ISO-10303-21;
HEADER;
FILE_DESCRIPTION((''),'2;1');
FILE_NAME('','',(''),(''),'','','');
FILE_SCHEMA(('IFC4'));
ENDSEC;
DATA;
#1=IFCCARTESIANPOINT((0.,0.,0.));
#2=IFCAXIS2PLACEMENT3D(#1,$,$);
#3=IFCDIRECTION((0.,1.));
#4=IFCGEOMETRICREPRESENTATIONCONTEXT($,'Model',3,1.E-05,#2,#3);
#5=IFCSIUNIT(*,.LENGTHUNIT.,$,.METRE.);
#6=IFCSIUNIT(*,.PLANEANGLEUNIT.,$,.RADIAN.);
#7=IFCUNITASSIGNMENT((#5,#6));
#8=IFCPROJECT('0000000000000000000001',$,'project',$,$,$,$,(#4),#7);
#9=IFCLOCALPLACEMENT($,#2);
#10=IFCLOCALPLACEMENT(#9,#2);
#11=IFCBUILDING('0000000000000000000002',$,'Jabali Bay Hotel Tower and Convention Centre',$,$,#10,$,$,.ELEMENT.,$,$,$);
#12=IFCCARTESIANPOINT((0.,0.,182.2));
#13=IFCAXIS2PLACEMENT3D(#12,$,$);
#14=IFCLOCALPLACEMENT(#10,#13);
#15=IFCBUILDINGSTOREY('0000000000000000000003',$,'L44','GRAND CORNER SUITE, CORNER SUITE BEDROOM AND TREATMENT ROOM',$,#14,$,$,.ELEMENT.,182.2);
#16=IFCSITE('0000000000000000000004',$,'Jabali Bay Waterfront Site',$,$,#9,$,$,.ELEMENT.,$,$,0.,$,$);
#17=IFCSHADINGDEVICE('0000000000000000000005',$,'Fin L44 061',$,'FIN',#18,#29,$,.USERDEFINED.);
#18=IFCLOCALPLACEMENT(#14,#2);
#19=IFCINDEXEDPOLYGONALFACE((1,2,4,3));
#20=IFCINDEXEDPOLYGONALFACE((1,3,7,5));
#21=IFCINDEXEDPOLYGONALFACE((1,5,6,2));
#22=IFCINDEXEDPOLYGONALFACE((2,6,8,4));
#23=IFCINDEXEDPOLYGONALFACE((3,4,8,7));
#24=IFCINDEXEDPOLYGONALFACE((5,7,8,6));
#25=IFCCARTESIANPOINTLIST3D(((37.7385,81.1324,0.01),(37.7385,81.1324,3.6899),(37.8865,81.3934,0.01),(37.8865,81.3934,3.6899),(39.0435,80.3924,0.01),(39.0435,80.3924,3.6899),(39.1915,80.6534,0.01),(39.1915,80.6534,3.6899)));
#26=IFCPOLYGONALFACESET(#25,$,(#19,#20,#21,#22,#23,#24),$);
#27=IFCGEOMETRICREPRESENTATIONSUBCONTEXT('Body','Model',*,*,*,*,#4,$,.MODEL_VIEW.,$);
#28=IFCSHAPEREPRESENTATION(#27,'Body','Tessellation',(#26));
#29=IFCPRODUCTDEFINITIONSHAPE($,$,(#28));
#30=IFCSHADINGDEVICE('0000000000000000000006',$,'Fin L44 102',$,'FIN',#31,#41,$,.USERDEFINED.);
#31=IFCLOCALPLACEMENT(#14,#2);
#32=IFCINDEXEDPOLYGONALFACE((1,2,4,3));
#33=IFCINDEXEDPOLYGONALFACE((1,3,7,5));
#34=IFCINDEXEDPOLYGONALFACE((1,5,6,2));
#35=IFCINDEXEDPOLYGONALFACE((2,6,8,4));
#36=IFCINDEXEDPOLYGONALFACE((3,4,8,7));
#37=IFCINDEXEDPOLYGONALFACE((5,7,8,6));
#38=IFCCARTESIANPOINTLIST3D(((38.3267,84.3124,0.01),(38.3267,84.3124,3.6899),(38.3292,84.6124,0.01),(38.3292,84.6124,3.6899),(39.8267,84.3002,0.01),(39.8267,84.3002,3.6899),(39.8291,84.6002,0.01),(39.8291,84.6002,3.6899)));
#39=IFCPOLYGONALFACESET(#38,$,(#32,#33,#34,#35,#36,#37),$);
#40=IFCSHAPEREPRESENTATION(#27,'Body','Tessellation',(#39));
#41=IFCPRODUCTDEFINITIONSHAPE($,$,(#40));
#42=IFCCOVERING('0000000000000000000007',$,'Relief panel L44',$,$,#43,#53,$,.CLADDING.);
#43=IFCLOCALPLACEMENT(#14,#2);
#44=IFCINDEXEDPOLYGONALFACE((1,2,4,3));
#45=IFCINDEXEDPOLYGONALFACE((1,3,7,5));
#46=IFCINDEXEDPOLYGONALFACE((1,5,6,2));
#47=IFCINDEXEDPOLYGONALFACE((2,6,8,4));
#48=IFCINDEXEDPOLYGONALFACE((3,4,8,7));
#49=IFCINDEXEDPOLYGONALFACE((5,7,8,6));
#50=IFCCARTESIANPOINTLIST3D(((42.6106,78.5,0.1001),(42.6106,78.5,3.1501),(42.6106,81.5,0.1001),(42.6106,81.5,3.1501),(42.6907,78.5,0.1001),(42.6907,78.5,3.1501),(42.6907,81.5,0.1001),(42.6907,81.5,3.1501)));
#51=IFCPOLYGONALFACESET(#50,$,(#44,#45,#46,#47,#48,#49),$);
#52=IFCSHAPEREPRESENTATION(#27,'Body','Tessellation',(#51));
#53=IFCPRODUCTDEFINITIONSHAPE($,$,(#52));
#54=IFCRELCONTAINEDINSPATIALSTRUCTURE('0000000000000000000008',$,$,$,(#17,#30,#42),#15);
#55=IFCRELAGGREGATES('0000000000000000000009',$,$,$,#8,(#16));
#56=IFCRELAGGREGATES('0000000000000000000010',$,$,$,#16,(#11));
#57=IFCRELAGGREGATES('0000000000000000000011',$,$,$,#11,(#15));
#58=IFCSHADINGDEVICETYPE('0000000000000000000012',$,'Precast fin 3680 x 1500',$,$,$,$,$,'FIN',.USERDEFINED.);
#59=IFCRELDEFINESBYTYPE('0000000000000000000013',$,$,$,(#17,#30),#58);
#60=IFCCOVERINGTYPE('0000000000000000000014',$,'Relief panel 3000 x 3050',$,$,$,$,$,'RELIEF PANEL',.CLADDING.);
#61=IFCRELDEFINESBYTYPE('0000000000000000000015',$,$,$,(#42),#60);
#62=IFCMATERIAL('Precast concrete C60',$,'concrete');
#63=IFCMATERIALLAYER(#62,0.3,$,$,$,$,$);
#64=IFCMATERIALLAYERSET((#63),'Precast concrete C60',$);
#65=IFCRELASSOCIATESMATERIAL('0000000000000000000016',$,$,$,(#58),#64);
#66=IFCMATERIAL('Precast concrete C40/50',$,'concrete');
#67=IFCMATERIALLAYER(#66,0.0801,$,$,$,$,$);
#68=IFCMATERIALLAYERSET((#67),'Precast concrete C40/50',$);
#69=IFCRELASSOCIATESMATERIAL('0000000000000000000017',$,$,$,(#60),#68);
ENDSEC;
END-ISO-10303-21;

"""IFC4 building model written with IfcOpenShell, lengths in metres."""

from ifc_helpers import new_model, si_unit, direction, frame, frame_2d, origin, origin_2d, place, context, subcontext, project, spatial, rectangle, extrude, material, layer, layer_set, type_object, element, save


model = new_model("IFC4")

# Units and contexts
model_context = context("Model", 3, precision=1e-05, world=origin(), true_north=direction((0.0, 1.0)))
body_context = subcontext(model_context, "Body", "Model", "MODEL_VIEW")
ifc_project = project(units=[si_unit("LENGTHUNIT", "METRE"), si_unit("PLANEANGLEUNIT", "RADIAN")], contexts=[model_context])

# Site, building, storey
site_placement = place(None, origin())
site = spatial("IfcSite", under=ifc_project, at=site_placement, Name="Jabali Bay Waterfront Site", CompositionType="ELEMENT", RefElevation=0.0)
building_placement = place(site_placement, origin())
building = spatial("IfcBuilding", under=site, at=building_placement, Name="Jabali Bay Hotel Tower and Convention Centre", CompositionType="ELEMENT")
storey_placement = place(building_placement, frame((0.0, 0.0, 182.2)))
storey = spatial("IfcBuildingStorey", under=building, at=storey_placement, Name="L44", Description="GRAND CORNER SUITE, CORNER SUITE BEDROOM AND TREATMENT ROOM", CompositionType="ELEMENT", Elevation=182.2)

# Shading devices
ifc_material_1 = material(Name="Precast concrete C60", Category="concrete")
ifc_layer_1 = layer(ifc_material_1, 0.3)
ifc_layer_set_1 = layer_set([ifc_layer_1], Name="Precast concrete C60")
shading_device_type = type_object("IfcShadingDeviceType", Name="Precast fin 3680 x 1500", ElementType="FIN", PredefinedType="USERDEFINED", material=ifc_layer_set_1)
shading_device_1_placement = place(storey_placement, frame((39.1174, 80.5229, 0.01), z_axis=(0.0, 0.0, 1.0), x_axis=(-0.869871, 0.493279, 0.0)))
element("IfcShadingDevice", 1, at=shading_device_1_placement, inside=storey, type_object=shading_device_type, Name="Fin L44 061", ObjectType="FIN", PredefinedType="USERDEFINED", context=body_context, shape_type="SweptSolid", body=[
    extrude(rectangle(XDim=1.5002, YDim=0.3, at=frame_2d((0.75, 0.0))), origin(), (0.0, 0.0, 1.0), 3.6799),
])
shading_device_2_placement = place(storey_placement, frame((39.8279, 84.4502, 0.01), z_axis=(0.0, 0.0, 1.0), x_axis=(-0.999967, 0.008138, 0.0)))
element("IfcShadingDevice", 2, at=shading_device_2_placement, inside=storey, type_object=shading_device_type, Name="Fin L44 102", ObjectType="FIN", PredefinedType="USERDEFINED", context=body_context, shape_type="SweptSolid", body=[
    extrude(rectangle(XDim=1.5, YDim=0.3, at=frame_2d((0.75, 0.0))), origin(), (0.0, 0.0, 1.0), 3.6799),
])

# Covering
ifc_material_2 = material(Name="Precast concrete C40/50", Category="concrete")
ifc_layer_2 = layer(ifc_material_2, 0.0801)
ifc_layer_set_2 = layer_set([ifc_layer_2], Name="Precast concrete C40/50")
covering_type = type_object("IfcCoveringType", Name="Relief panel 3000 x 3050", ElementType="RELIEF PANEL", PredefinedType="CLADDING", material=ifc_layer_set_2)
covering_placement = place(storey_placement, frame((42.6506, 80.0, 0.1001), z_axis=(0.0, 0.0, 1.0), x_axis=(0.0, 1.0, 0.0)))
element("IfcCovering", 3, at=covering_placement, inside=storey, type_object=covering_type, Name="Relief panel L44", PredefinedType="CLADDING", context=body_context, shape_type="SweptSolid", body=[
    extrude(rectangle(XDim=3.0, YDim=0.0801, at=origin_2d()), origin(), (0.0, 0.0, 1.0), 3.05),
])

save(model, "model.ifc")
